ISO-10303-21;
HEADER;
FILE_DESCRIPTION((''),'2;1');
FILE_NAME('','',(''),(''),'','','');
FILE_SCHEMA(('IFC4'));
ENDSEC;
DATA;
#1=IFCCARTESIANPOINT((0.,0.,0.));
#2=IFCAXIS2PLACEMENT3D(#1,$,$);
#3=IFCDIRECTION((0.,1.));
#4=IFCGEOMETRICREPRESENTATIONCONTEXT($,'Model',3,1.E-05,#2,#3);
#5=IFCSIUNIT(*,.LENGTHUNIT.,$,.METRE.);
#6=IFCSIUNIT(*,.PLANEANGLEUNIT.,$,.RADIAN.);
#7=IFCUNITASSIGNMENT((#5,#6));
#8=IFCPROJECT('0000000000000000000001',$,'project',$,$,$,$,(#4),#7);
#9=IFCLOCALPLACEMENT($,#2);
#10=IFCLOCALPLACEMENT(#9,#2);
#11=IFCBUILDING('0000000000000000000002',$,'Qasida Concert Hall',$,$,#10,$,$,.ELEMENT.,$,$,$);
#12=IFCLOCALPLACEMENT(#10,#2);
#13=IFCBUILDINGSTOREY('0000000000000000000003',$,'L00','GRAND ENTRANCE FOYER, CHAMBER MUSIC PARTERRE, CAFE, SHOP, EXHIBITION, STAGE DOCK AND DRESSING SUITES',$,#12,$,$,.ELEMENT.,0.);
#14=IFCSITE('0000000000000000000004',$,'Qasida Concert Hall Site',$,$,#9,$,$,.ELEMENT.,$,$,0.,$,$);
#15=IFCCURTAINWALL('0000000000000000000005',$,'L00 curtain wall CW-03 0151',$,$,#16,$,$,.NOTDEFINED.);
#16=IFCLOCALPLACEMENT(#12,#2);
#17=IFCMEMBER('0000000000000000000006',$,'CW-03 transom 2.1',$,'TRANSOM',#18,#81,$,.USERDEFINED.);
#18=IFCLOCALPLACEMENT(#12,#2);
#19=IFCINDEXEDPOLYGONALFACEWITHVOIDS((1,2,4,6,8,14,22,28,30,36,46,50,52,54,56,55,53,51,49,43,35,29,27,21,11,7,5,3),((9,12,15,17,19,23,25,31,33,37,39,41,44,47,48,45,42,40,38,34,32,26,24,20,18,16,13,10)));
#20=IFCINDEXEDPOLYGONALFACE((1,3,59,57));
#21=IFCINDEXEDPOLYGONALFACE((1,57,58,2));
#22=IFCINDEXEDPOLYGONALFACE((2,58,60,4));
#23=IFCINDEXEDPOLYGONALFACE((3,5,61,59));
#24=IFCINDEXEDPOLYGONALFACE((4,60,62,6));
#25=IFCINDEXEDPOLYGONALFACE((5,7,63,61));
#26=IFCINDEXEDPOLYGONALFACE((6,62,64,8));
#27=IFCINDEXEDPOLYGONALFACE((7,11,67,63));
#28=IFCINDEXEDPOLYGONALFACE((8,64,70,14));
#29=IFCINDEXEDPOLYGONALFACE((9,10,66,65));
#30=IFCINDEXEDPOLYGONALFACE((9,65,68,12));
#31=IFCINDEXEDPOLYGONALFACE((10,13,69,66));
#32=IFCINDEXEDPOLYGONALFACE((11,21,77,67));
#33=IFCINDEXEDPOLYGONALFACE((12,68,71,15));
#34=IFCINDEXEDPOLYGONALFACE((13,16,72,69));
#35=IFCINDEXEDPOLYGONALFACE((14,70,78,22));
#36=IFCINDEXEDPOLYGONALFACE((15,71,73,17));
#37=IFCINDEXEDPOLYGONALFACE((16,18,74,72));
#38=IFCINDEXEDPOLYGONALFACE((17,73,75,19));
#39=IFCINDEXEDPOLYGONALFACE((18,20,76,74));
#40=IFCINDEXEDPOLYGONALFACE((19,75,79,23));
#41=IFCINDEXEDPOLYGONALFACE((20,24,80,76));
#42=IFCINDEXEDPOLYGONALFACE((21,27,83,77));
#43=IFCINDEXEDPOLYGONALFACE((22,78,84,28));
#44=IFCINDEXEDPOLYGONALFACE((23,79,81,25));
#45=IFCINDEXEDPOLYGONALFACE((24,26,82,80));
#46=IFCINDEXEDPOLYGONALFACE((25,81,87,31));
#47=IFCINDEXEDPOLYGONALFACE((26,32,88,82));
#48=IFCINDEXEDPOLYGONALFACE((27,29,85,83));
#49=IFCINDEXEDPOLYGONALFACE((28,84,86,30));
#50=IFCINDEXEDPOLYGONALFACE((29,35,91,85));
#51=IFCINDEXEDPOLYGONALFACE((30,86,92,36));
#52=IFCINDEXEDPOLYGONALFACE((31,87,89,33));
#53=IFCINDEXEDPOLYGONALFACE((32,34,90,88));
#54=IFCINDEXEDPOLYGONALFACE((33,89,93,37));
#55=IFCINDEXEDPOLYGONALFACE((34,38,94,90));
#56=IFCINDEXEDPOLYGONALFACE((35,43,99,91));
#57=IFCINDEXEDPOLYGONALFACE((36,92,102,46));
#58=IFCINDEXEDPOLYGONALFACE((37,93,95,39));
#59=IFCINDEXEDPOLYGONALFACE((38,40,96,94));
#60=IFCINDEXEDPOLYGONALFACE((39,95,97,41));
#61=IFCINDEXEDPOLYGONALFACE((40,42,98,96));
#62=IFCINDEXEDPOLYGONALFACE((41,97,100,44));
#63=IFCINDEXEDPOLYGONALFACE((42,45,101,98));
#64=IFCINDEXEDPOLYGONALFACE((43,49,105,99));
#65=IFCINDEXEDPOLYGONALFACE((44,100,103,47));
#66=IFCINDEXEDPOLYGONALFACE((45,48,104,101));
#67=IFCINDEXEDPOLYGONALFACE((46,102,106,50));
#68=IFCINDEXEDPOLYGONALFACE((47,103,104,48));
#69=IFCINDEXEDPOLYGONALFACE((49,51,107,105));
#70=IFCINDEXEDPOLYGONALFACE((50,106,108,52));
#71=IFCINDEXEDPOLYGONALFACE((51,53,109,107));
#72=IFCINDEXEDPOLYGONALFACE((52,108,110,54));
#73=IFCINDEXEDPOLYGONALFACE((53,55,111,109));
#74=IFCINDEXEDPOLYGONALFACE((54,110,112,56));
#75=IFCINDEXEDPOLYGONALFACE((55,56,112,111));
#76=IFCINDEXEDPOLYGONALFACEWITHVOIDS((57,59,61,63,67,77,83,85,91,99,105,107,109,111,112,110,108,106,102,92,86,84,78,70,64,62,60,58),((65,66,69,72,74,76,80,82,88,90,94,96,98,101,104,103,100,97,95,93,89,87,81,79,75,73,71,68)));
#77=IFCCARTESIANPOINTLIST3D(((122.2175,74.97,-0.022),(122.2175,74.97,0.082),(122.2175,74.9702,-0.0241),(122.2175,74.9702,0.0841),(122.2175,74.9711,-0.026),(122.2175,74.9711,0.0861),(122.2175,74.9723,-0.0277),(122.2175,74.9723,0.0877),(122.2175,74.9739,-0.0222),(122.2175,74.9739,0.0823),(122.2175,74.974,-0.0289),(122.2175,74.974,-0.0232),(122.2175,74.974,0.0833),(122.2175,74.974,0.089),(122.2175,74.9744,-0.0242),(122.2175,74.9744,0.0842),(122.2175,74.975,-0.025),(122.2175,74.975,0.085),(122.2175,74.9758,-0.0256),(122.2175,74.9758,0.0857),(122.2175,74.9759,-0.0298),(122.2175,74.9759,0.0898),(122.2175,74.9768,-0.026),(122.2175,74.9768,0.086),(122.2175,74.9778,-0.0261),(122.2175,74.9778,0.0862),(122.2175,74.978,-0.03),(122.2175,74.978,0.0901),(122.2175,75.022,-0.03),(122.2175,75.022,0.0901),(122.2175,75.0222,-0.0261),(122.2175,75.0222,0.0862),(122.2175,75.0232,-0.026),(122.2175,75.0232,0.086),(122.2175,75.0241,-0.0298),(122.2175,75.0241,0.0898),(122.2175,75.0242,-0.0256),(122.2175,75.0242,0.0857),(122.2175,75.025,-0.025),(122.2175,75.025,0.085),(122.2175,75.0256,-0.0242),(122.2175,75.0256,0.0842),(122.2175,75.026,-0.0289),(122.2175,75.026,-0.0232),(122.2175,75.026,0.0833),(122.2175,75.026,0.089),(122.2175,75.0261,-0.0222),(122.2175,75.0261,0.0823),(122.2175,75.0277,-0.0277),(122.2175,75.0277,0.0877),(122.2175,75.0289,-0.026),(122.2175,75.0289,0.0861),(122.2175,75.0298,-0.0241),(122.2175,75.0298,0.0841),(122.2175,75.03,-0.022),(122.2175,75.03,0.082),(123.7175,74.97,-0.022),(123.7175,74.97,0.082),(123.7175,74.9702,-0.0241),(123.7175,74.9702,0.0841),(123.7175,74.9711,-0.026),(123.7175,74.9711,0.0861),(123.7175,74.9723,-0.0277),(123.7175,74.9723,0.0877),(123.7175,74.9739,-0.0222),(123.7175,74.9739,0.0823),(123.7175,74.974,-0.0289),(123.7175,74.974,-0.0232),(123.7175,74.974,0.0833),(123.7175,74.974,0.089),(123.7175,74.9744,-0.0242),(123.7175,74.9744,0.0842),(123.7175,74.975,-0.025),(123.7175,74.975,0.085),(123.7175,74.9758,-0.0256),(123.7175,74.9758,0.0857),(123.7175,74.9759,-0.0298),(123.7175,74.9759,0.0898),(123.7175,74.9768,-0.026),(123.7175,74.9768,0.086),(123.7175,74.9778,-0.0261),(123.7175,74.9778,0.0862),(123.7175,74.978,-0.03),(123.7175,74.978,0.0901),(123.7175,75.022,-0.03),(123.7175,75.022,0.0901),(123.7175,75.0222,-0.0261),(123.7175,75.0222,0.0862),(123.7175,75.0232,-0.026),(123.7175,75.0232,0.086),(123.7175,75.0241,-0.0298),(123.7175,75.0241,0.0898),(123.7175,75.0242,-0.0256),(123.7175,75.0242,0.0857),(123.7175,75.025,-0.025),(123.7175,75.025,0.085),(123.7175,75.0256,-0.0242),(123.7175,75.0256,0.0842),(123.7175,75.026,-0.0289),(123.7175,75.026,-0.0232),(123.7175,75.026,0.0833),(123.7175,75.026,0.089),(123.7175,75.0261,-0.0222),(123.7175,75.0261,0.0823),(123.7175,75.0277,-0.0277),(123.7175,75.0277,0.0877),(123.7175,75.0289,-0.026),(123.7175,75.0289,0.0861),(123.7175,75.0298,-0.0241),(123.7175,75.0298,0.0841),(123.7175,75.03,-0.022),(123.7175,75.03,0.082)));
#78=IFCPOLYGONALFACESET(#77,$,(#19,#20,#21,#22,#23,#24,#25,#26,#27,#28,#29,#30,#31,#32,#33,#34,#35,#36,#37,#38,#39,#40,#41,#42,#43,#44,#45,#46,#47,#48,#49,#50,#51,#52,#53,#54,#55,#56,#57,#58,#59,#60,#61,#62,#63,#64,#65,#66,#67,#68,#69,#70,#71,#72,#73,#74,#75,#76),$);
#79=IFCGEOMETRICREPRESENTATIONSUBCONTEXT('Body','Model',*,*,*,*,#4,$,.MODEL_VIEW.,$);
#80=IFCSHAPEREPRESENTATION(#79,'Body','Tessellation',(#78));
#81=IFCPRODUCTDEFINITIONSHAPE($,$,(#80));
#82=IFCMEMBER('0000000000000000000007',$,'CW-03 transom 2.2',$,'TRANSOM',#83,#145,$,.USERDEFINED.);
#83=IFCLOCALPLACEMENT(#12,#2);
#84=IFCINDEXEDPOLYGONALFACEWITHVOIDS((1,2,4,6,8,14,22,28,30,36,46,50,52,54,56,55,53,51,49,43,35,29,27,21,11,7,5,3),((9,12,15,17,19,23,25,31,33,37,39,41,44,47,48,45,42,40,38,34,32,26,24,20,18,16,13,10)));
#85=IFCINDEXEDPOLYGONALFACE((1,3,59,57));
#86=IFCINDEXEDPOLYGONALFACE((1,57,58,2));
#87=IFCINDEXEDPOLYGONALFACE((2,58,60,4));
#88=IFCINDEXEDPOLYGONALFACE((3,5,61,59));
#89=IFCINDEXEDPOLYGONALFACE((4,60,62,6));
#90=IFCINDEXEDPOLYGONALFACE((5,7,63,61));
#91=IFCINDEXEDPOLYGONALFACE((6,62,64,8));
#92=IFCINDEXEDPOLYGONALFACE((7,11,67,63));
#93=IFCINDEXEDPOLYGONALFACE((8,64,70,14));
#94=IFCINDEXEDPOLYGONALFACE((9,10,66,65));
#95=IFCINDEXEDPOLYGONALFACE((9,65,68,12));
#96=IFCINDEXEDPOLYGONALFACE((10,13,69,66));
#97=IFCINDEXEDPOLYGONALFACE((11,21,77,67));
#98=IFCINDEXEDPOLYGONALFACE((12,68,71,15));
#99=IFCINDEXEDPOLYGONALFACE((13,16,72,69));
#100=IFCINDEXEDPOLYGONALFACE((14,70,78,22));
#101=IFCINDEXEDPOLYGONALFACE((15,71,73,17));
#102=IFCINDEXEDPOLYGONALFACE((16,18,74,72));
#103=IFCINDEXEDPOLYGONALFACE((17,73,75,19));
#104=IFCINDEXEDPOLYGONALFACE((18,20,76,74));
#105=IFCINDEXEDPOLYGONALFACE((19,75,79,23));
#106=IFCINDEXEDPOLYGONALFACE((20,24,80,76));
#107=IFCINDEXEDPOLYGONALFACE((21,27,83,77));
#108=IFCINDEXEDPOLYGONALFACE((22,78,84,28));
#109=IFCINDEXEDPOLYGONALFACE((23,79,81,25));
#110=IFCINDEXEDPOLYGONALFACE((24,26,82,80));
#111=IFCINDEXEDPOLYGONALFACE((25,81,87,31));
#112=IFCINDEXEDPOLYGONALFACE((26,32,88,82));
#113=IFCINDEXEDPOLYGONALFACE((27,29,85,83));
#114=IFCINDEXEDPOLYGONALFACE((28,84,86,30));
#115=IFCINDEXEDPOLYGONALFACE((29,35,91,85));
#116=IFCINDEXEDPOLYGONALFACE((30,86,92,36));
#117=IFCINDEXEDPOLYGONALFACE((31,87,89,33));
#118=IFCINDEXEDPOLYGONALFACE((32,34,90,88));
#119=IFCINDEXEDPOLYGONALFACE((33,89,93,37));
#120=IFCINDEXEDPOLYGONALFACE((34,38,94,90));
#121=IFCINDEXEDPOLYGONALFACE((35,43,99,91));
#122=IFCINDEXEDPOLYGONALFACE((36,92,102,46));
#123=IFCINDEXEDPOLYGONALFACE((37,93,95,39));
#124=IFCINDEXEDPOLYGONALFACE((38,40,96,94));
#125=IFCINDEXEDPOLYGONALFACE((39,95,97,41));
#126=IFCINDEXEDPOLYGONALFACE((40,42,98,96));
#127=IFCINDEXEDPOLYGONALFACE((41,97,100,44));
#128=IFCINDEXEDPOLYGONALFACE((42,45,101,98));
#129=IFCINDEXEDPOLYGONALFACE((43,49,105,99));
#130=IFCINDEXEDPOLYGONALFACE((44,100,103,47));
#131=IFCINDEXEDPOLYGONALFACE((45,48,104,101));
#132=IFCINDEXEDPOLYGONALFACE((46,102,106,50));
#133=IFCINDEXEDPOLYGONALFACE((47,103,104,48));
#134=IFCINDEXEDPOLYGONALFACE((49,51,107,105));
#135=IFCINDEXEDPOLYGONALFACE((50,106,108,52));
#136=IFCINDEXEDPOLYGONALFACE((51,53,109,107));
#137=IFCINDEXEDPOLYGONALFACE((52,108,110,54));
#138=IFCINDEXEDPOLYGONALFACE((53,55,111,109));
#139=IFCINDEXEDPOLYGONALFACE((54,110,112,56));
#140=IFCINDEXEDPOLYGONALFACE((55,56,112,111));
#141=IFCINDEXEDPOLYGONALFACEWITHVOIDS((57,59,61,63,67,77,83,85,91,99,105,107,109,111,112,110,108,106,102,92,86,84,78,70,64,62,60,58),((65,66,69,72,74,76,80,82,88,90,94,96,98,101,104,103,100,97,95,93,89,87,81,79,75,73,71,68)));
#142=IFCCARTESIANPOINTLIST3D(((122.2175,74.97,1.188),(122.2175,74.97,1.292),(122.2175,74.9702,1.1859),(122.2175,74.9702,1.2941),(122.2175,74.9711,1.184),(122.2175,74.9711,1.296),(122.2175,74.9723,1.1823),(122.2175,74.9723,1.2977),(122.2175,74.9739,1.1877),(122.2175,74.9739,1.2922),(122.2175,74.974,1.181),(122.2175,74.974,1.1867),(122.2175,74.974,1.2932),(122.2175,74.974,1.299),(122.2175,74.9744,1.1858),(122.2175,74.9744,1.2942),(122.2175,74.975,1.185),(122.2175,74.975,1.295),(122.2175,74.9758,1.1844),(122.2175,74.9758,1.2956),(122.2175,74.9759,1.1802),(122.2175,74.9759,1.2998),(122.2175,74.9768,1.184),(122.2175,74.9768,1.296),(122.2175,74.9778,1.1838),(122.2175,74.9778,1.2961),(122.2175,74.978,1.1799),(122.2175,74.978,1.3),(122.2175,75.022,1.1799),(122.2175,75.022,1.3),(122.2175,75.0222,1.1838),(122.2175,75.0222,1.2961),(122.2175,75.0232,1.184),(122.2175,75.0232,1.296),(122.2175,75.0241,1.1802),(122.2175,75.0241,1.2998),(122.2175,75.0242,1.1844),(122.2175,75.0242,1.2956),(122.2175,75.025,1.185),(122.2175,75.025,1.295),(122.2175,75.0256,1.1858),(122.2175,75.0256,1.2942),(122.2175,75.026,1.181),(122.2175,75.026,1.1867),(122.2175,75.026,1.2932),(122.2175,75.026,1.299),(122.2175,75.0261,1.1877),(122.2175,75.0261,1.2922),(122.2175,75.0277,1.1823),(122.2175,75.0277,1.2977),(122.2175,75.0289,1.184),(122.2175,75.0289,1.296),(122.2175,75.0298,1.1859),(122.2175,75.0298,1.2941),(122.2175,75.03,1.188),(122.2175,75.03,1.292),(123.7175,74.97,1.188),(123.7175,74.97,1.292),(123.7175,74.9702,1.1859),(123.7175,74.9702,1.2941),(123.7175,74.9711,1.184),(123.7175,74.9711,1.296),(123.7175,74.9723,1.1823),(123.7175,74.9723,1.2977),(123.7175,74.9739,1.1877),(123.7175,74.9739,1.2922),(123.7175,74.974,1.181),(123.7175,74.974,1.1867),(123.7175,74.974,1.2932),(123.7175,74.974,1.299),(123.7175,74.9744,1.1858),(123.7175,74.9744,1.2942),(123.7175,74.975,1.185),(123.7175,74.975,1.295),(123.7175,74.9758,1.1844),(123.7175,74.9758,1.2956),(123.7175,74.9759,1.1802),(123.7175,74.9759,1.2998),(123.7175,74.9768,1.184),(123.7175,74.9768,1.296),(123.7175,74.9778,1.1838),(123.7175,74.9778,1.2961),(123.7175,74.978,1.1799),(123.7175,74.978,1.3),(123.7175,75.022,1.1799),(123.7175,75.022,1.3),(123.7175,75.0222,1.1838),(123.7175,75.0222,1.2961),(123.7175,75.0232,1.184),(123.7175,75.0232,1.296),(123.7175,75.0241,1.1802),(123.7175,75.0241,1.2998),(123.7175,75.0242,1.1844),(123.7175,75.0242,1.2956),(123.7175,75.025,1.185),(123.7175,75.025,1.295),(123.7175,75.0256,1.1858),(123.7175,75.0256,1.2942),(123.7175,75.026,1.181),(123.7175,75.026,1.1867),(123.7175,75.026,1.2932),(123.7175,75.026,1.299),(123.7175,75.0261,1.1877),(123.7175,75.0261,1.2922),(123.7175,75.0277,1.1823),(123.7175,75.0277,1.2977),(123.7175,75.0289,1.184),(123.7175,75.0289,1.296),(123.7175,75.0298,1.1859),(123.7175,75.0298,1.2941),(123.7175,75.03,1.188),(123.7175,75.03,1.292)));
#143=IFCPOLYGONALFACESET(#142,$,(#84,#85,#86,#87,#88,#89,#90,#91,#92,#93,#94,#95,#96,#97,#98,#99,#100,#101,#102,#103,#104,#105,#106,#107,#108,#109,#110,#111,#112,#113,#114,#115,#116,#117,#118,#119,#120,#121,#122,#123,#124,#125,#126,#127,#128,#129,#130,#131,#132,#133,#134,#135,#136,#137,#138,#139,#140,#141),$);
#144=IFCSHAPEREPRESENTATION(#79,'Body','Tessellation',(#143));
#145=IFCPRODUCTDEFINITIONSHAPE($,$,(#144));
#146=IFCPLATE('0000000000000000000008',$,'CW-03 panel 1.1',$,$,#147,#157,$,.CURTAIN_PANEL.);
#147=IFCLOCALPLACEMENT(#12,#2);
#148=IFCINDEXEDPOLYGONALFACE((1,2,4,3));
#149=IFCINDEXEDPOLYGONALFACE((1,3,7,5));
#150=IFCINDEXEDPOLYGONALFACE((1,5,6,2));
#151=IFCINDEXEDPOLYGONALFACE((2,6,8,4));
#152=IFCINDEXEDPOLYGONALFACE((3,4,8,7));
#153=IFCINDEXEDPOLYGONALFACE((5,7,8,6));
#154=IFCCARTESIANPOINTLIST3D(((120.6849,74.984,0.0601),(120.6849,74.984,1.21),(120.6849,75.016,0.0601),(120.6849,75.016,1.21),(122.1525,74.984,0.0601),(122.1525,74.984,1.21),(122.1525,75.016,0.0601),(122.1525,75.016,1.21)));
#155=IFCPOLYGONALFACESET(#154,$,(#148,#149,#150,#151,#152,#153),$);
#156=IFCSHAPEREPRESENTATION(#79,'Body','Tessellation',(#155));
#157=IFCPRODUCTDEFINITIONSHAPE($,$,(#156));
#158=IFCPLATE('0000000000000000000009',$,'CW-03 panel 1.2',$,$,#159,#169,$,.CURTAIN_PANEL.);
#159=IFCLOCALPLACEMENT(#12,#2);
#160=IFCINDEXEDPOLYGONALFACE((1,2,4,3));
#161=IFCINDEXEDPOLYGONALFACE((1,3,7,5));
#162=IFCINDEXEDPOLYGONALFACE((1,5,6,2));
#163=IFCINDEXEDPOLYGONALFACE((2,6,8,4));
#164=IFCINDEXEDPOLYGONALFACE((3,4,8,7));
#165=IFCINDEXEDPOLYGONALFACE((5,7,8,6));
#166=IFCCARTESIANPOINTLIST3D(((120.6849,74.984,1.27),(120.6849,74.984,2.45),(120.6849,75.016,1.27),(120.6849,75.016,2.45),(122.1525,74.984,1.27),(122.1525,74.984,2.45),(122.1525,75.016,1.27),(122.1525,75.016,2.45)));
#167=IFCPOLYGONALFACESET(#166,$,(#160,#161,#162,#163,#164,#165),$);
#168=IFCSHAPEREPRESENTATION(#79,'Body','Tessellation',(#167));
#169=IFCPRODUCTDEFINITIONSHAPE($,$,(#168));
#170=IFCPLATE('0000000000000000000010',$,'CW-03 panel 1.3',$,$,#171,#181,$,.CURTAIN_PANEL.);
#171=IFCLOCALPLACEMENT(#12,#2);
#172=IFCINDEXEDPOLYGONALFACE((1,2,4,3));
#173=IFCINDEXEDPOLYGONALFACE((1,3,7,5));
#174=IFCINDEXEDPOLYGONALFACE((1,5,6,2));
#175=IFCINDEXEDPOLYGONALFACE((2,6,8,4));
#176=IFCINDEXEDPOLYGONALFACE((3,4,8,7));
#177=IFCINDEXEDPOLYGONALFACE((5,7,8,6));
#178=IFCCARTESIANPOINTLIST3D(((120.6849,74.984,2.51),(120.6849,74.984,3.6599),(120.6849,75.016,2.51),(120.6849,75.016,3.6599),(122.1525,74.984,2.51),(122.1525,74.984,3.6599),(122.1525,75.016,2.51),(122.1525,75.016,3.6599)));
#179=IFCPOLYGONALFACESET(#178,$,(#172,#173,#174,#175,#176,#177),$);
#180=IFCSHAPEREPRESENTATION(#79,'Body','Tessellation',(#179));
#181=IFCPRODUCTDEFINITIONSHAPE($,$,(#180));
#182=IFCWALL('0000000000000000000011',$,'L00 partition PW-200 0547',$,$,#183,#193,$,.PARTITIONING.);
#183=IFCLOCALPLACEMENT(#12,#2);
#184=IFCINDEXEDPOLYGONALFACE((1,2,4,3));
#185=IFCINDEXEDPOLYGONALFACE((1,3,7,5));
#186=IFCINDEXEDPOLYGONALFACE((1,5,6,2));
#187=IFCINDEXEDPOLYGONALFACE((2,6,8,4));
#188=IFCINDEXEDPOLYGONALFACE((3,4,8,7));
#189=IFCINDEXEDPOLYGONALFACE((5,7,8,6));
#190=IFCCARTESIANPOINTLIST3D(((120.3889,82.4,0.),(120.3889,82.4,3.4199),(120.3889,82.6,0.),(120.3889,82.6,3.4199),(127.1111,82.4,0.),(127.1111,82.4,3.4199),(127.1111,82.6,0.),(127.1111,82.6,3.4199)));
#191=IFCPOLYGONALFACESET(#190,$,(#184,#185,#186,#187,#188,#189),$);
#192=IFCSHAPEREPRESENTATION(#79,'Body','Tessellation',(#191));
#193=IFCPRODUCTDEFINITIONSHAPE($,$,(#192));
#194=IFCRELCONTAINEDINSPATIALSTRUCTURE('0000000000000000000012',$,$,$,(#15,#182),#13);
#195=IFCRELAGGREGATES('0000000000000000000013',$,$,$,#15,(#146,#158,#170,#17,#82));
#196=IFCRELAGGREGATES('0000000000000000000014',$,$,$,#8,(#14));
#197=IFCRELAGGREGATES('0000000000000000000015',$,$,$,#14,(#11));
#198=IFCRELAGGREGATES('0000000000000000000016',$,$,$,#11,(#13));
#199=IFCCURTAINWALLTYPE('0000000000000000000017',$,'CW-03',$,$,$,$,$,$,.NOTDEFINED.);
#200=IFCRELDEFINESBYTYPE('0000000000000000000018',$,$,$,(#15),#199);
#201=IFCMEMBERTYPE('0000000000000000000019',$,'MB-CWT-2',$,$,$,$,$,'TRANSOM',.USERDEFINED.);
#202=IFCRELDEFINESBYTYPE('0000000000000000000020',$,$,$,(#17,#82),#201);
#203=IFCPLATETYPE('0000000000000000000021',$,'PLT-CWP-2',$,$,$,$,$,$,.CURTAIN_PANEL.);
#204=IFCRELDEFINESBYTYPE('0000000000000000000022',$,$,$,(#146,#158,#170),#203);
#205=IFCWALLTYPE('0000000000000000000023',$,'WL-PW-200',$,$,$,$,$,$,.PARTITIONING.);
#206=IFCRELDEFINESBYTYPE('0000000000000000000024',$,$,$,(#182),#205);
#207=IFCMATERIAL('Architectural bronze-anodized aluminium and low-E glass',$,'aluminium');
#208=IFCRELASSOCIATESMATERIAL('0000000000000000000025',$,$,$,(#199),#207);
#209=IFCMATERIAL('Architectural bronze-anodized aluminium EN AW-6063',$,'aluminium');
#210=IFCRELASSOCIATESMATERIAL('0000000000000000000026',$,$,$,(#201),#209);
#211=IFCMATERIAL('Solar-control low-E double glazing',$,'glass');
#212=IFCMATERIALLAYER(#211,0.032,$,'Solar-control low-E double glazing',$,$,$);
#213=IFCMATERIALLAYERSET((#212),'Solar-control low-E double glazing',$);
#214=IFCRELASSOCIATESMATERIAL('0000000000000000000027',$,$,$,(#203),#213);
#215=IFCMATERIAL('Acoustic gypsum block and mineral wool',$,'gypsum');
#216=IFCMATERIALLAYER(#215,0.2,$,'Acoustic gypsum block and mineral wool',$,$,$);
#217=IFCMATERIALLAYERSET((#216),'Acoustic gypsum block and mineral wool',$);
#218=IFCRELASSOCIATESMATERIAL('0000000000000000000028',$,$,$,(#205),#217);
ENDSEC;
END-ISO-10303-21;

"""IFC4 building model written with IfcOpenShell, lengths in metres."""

from ifc_helpers import new_model, si_unit, direction, frame, frame_2d, origin, origin_2d, place, context, subcontext, project, spatial, rectangle, hollow_rectangle, extrude, material, layer, layer_set, material_profile, profile_set, type_object, element, aggregate, save


model = new_model("IFC4")

# Units and contexts
model_context = context("Model", 3, precision=1e-05, world=origin(), true_north=direction((0.0, 1.0)))
body_context = subcontext(model_context, "Body", "Model", "MODEL_VIEW")
ifc_project = project(units=[si_unit("LENGTHUNIT", "METRE"), si_unit("PLANEANGLEUNIT", "RADIAN")], contexts=[model_context])

# Site, building, storey
site_placement = place(None, origin())
site = spatial("IfcSite", under=ifc_project, at=site_placement, Name="Qasida Concert Hall Site", CompositionType="ELEMENT", RefElevation=0.0)
building_placement = place(site_placement, origin())
building = spatial("IfcBuilding", under=site, at=building_placement, Name="Qasida Concert Hall", CompositionType="ELEMENT")
storey_placement = place(building_placement, origin())
storey = spatial("IfcBuildingStorey", under=building, at=storey_placement, Name="L00", Description="GRAND ENTRANCE FOYER, CHAMBER MUSIC PARTERRE, CAFE, SHOP, EXHIBITION, STAGE DOCK AND DRESSING SUITES", CompositionType="ELEMENT", Elevation=0.0)

# Curtain wall
ifc_material_1 = material(Name="Architectural bronze-anodized aluminium and low-E glass", Category="aluminium")
curtain_wall_type_1 = type_object("IfcCurtainWallType", Name="CW-03", PredefinedType="NOTDEFINED", material=ifc_material_1)
curtain_wall_1_placement = place(storey_placement, origin())
curtain_wall_1 = element("IfcCurtainWall", 1, at=curtain_wall_1_placement, inside=storey, type_object=curtain_wall_type_1, Name="L00 curtain wall CW-03 0151", PredefinedType="NOTDEFINED")
ifc_material_2 = material(Name="Architectural bronze-anodized aluminium EN AW-6063", Category="aluminium")

# Members
ifc_material_profile_1 = material_profile(ifc_material_2, hollow_rectangle(XDim=0.0601, YDim=0.1201, WallThickness=0.0039, InnerFilletRadius=0.0039, OuterFilletRadius=0.0081, at=origin_2d()), Name="CWT 120x60x4")
ifc_profile_set_1 = profile_set([ifc_material_profile_1], Name="Architectural bronze-anodized aluminium EN AW-6063")
member_type_1 = type_object("IfcMemberType", Name="MB-CWT-2", ElementType="TRANSOM", PredefinedType="USERDEFINED", material=ifc_profile_set_1)
member_1_placement = place(storey_placement, frame((122.2175, 75.0, 0.03), z_axis=(1.0, 0.0, 0.0), x_axis=(0.0, 1.0, 0.0)))
member_1 = element("IfcMember", 2, at=member_1_placement, type_object=member_type_1, Name="CW-03 transom 2.1", ObjectType="TRANSOM", PredefinedType="USERDEFINED", context=body_context, shape_type="SweptSolid", body=[
    extrude(hollow_rectangle(XDim=0.0601, YDim=0.1201, WallThickness=0.0039, InnerFilletRadius=0.0039, OuterFilletRadius=0.0081, at=origin_2d()), origin(), (0.0, 0.0, 1.0), 1.5),
])
member_2_placement = place(storey_placement, frame((122.2175, 75.0, 1.24), z_axis=(1.0, 0.0, 0.0), x_axis=(0.0, 1.0, 0.0)))
member_2 = element("IfcMember", 3, at=member_2_placement, type_object=member_type_1, Name="CW-03 transom 2.2", ObjectType="TRANSOM", PredefinedType="USERDEFINED", context=body_context, shape_type="SweptSolid", body=[
    extrude(hollow_rectangle(XDim=0.0601, YDim=0.1201, WallThickness=0.0039, InnerFilletRadius=0.0039, OuterFilletRadius=0.0081, at=origin_2d()), origin(), (0.0, 0.0, 1.0), 1.5),
])

# Plates
ifc_material_3 = material(Name="Solar-control low-E double glazing", Category="glass")
ifc_layer_1 = layer(ifc_material_3, 0.032, Name="Solar-control low-E double glazing")
ifc_layer_set_1 = layer_set([ifc_layer_1], Name="Solar-control low-E double glazing")
plate_type = type_object("IfcPlateType", Name="PLT-CWP-2", PredefinedType="CURTAIN_PANEL", material=ifc_layer_set_1)
plate_1_placement = place(storey_placement, frame((121.4187, 75.0, 0.0601), z_axis=(0.0, 0.0, 1.0), x_axis=(1.0, 0.0, 0.0)))
plate_1 = element("IfcPlate", 4, at=plate_1_placement, type_object=plate_type, Name="CW-03 panel 1.1", PredefinedType="CURTAIN_PANEL", context=body_context, shape_type="SweptSolid", body=[
    extrude(rectangle(XDim=1.4675, YDim=0.032, at=origin_2d()), origin(), (0.0, 0.0, 1.0), 1.1499),
])
plate_2_placement = place(storey_placement, frame((121.4187, 75.0, 1.27), z_axis=(0.0, 0.0, 1.0), x_axis=(1.0, 0.0, 0.0)))
plate_2 = element("IfcPlate", 5, at=plate_2_placement, type_object=plate_type, Name="CW-03 panel 1.2", PredefinedType="CURTAIN_PANEL", context=body_context, shape_type="SweptSolid", body=[
    extrude(rectangle(XDim=1.4675, YDim=0.032, at=origin_2d()), origin(), (0.0, 0.0, 1.0), 1.1799),
])
plate_3_placement = place(storey_placement, frame((121.4187, 75.0, 2.51), z_axis=(0.0, 0.0, 1.0), x_axis=(1.0, 0.0, 0.0)))
plate_3 = element("IfcPlate", 6, at=plate_3_placement, type_object=plate_type, Name="CW-03 panel 1.3", PredefinedType="CURTAIN_PANEL", context=body_context, shape_type="SweptSolid", body=[
    extrude(rectangle(XDim=1.4675, YDim=0.032, at=origin_2d()), origin(), (0.0, 0.0, 1.0), 1.1499),
])
aggregate(curtain_wall_1, [plate_1, plate_2, plate_3, member_1, member_2])

# Wall
ifc_material_4 = material(Name="Acoustic gypsum block and mineral wool", Category="gypsum")
ifc_layer_2 = layer(ifc_material_4, 0.2, Name="Acoustic gypsum block and mineral wool")
ifc_layer_set_2 = layer_set([ifc_layer_2], Name="Acoustic gypsum block and mineral wool")
wall_type = type_object("IfcWallType", Name="WL-PW-200", PredefinedType="PARTITIONING", material=ifc_layer_set_2)
wall_placement = place(storey_placement, frame((120.3889, 82.5, 0.0), z_axis=(0.0, 0.0, 1.0), x_axis=(1.0, 0.0, 0.0)))
element("IfcWall", 7, at=wall_placement, inside=storey, type_object=wall_type, Name="L00 partition PW-200 0547", PredefinedType="PARTITIONING", context=body_context, shape_type="SweptSolid", body=[
    extrude(rectangle(XDim=6.7222, YDim=0.2, at=frame_2d((3.3611, 0.0))), origin(), (0.0, 0.0, 1.0), 3.4199),
])

save(model, "model.ifc")
